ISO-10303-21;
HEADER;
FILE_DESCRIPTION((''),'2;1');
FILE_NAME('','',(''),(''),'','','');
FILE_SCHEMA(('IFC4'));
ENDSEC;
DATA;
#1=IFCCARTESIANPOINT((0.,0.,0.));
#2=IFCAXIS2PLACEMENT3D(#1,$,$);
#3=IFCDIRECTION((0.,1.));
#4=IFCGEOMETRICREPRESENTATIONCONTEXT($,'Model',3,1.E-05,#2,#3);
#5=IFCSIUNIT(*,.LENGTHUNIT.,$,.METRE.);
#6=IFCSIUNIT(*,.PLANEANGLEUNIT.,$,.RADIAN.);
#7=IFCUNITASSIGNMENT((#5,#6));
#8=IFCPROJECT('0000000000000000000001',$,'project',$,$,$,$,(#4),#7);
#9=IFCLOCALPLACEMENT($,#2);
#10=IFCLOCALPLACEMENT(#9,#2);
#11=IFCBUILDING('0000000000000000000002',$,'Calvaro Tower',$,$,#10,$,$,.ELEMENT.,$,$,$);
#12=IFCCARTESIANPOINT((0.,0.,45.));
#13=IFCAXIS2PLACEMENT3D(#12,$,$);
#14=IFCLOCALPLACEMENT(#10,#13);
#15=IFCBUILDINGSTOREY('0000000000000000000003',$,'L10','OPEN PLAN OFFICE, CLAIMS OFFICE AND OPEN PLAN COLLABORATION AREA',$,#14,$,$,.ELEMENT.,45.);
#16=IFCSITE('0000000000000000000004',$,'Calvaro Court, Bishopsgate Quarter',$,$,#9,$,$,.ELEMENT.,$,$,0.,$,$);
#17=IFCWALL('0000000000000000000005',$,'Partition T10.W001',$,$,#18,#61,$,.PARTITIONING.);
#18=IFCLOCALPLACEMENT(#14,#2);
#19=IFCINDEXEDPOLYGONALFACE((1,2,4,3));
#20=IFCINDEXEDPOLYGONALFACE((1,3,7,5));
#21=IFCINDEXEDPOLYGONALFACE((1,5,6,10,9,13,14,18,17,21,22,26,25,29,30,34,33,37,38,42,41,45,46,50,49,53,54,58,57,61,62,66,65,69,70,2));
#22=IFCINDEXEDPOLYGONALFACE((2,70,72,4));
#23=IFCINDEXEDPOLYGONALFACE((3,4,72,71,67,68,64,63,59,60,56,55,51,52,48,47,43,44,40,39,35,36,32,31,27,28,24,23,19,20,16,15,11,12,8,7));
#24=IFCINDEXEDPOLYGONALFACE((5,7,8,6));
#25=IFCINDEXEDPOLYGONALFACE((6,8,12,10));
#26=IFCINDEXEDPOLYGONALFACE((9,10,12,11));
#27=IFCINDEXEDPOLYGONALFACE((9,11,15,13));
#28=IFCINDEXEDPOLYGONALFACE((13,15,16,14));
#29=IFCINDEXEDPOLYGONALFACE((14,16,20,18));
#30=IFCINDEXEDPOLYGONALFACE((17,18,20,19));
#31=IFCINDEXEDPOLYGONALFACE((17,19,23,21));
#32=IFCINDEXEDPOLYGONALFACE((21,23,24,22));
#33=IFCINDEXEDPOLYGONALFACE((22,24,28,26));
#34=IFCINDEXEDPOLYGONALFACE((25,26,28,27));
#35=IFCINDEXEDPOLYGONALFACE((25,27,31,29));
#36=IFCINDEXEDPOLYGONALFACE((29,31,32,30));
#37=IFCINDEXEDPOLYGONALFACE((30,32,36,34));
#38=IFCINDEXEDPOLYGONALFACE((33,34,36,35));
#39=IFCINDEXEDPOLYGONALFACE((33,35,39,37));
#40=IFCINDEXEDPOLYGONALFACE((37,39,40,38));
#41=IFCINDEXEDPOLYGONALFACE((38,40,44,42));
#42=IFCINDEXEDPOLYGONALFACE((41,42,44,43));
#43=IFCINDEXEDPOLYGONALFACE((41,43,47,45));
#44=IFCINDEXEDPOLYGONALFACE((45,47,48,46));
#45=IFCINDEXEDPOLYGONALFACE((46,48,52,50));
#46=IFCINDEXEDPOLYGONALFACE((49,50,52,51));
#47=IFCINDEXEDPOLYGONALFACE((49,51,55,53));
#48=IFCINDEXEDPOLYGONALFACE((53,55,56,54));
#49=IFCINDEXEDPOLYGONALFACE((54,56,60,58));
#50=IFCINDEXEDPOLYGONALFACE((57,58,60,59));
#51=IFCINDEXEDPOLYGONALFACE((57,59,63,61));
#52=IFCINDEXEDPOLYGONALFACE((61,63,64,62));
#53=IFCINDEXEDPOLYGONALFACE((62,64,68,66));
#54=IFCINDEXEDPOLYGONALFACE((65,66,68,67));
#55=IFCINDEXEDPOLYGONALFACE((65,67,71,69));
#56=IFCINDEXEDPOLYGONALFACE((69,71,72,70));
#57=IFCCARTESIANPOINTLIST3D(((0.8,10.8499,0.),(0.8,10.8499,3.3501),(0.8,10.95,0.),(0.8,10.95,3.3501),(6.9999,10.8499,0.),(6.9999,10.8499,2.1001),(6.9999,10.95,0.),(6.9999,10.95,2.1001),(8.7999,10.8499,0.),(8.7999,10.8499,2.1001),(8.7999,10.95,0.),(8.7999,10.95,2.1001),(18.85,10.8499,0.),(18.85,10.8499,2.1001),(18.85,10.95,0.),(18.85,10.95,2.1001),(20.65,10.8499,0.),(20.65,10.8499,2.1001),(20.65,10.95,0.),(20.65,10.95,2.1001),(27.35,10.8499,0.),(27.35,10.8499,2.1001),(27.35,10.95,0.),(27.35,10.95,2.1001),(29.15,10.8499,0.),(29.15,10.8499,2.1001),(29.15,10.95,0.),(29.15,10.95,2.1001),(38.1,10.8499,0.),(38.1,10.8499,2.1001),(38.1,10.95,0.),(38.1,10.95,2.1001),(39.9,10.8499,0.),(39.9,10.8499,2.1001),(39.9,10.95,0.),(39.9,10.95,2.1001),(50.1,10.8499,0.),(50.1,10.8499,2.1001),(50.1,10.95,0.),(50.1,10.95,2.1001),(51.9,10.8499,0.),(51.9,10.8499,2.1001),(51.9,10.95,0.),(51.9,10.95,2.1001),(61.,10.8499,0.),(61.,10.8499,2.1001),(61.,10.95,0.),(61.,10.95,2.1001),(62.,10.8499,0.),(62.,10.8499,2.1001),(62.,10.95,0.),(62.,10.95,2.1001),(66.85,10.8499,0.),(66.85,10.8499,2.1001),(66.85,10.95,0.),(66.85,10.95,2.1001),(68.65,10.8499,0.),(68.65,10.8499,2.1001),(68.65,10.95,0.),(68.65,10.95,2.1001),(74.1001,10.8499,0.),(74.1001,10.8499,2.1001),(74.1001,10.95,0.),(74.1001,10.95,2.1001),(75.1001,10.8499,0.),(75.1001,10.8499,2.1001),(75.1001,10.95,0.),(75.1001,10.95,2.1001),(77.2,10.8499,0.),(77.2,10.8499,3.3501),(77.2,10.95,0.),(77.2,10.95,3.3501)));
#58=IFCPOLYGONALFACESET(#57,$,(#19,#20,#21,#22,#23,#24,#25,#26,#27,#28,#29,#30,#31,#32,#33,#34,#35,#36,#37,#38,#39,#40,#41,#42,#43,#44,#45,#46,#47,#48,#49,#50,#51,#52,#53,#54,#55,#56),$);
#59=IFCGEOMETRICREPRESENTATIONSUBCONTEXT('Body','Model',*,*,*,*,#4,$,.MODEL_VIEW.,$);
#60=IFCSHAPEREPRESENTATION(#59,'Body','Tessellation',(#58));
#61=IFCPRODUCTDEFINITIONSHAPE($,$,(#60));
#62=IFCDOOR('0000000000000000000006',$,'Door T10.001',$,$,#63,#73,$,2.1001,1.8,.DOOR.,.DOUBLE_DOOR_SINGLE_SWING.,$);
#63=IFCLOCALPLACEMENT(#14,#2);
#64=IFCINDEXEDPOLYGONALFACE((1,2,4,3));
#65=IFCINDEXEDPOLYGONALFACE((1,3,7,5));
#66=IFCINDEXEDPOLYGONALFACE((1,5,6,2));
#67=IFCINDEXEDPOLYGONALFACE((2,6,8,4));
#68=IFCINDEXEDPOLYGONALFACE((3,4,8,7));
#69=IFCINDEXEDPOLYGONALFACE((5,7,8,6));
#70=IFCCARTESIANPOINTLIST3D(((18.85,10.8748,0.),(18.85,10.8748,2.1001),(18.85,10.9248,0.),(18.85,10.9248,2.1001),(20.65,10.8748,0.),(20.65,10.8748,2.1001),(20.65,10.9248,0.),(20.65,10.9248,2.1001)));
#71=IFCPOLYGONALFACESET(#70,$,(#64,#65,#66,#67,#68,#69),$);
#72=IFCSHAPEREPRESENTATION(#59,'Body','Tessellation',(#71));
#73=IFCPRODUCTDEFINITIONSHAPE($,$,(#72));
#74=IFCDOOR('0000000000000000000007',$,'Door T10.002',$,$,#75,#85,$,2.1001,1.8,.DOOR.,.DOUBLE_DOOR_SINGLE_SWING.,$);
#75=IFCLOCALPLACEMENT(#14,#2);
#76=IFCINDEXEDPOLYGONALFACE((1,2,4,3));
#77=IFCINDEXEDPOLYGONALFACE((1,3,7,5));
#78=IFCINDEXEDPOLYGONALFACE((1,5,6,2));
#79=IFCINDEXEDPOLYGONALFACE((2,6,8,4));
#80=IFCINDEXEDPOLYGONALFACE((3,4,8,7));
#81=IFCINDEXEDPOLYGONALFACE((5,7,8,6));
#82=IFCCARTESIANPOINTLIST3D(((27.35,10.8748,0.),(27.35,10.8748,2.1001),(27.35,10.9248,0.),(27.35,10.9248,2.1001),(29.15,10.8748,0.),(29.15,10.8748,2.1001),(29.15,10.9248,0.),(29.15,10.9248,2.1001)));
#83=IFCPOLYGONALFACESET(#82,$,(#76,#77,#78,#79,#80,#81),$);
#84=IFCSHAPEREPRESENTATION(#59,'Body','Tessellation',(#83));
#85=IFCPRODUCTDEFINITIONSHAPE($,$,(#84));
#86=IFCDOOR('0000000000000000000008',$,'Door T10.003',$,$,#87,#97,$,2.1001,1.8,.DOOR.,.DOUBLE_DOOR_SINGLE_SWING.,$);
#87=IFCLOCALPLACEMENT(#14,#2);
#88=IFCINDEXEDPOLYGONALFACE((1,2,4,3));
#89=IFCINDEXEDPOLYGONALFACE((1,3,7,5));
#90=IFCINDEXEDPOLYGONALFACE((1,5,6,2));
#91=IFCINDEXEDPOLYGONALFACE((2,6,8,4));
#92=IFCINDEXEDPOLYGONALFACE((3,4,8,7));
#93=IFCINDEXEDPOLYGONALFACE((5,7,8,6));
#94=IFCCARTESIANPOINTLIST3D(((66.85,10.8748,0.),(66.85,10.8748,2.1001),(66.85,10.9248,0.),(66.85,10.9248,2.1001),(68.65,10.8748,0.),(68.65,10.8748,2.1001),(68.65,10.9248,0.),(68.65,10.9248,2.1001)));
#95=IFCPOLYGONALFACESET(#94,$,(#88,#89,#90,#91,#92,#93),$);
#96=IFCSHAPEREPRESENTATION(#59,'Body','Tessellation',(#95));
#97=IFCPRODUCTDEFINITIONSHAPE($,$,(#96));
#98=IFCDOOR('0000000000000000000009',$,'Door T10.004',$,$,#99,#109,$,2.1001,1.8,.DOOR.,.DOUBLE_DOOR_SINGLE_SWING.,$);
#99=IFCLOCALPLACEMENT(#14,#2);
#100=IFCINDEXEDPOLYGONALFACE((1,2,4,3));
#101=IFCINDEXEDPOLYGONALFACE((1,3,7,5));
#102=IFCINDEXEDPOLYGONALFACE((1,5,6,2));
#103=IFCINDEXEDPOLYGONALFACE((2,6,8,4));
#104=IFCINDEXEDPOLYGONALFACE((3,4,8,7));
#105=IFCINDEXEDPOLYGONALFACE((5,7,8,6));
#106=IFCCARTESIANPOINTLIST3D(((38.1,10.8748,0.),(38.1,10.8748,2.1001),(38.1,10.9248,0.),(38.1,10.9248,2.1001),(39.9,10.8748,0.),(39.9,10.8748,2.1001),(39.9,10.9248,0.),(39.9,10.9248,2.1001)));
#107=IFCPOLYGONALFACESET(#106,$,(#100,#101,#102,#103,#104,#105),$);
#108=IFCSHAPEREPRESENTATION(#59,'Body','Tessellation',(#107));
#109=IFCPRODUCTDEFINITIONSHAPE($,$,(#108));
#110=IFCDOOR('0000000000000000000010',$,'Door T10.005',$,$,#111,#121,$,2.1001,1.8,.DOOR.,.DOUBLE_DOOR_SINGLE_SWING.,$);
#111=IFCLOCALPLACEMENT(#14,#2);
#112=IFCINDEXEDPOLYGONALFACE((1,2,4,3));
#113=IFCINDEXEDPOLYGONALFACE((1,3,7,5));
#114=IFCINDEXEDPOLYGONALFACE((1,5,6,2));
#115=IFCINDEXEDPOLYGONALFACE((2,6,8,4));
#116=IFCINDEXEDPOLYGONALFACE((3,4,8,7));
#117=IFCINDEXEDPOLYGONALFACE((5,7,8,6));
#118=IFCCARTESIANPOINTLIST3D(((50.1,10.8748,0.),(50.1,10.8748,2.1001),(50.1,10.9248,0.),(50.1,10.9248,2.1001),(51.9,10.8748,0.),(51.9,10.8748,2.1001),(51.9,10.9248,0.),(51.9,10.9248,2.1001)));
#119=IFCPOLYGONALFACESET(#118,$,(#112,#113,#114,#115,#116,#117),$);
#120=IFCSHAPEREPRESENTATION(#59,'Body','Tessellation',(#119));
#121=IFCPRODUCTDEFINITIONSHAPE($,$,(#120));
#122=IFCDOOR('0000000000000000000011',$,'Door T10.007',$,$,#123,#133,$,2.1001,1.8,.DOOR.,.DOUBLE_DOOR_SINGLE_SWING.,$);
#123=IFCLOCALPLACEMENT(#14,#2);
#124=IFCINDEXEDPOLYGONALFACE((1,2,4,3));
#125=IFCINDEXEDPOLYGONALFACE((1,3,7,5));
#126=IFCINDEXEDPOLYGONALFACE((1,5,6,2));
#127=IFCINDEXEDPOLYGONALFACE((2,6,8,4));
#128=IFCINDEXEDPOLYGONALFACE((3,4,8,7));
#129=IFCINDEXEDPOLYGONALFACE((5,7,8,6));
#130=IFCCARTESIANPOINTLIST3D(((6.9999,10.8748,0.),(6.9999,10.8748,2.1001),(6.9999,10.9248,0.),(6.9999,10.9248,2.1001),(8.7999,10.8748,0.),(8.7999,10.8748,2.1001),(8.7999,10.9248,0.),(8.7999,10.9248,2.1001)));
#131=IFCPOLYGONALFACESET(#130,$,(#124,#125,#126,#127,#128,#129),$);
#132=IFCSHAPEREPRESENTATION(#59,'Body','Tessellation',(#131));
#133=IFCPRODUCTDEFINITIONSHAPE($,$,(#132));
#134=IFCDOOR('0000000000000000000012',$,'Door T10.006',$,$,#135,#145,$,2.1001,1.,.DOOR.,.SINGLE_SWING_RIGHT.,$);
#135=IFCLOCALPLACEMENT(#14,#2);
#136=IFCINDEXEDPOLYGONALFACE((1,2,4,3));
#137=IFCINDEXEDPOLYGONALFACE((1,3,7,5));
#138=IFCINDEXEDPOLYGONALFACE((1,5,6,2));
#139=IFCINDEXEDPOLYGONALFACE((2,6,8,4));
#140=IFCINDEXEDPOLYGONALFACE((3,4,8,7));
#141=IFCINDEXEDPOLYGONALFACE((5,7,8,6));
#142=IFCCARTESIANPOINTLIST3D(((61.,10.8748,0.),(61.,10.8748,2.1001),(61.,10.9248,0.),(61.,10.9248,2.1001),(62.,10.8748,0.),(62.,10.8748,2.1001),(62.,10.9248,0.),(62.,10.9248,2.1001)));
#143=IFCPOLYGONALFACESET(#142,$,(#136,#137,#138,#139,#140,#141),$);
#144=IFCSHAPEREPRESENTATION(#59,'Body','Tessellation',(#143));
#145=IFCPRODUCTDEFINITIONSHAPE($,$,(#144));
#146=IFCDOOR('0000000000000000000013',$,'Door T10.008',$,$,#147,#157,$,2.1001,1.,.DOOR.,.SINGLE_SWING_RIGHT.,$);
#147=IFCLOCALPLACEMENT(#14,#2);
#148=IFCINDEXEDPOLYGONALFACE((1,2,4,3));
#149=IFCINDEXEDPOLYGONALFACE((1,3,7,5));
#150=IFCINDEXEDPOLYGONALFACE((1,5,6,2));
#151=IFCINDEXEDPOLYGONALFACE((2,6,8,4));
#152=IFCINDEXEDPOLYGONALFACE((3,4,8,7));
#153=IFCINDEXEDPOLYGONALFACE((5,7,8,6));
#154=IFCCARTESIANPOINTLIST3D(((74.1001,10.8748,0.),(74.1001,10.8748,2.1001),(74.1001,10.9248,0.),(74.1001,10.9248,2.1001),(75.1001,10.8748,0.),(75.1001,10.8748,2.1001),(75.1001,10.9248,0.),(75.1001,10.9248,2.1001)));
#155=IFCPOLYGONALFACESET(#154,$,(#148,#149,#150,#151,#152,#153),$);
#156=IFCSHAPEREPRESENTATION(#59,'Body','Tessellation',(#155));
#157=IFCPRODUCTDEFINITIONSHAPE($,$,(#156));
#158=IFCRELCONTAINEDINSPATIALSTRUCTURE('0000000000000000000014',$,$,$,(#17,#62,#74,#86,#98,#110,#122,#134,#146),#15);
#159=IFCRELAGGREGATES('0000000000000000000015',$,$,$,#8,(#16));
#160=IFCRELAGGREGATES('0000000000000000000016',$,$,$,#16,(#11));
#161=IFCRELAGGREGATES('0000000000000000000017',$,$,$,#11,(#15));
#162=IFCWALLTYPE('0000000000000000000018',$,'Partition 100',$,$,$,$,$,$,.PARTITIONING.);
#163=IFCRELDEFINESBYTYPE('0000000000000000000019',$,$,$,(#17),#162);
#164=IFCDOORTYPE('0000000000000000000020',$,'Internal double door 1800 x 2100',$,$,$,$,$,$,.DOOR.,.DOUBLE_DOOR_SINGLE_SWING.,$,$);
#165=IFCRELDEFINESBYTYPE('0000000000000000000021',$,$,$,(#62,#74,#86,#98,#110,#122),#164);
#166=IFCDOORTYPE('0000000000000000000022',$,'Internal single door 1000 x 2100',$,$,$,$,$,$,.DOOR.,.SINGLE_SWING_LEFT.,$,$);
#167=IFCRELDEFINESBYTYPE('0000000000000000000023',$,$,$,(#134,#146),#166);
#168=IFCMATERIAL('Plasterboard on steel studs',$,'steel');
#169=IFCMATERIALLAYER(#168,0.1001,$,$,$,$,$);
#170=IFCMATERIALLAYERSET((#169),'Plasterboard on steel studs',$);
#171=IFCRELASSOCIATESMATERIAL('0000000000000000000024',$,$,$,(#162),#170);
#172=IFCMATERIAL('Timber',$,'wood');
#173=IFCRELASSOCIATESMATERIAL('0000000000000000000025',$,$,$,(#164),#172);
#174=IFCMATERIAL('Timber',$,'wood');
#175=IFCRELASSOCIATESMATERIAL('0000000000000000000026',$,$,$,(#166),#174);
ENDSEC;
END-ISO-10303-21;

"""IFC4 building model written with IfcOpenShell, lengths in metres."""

from ifc_helpers import new_model, si_unit, direction, frame, frame_2d, origin, place, context, subcontext, project, spatial, rectangle, extrude, material, layer, layer_set, type_object, element, fill, save


model = new_model("IFC4")

# Units and contexts
model_context = context("Model", 3, precision=1e-05, world=origin(), true_north=direction((0.0, 1.0)))
body_context = subcontext(model_context, "Body", "Model", "MODEL_VIEW")
ifc_project = project(units=[si_unit("LENGTHUNIT", "METRE"), si_unit("PLANEANGLEUNIT", "RADIAN")], contexts=[model_context])

# Site, building, storey
site_placement = place(None, origin())
site = spatial("IfcSite", under=ifc_project, at=site_placement, Name="Calvaro Court, Bishopsgate Quarter", CompositionType="ELEMENT", RefElevation=0.0)
building_placement = place(site_placement, origin())
building = spatial("IfcBuilding", under=site, at=building_placement, Name="Calvaro Tower", CompositionType="ELEMENT")
storey_placement = place(building_placement, frame((0.0, 0.0, 45.0)))
storey = spatial("IfcBuildingStorey", under=building, at=storey_placement, Name="L10", Description="OPEN PLAN OFFICE, CLAIMS OFFICE AND OPEN PLAN COLLABORATION AREA", CompositionType="ELEMENT", Elevation=45.0)

# Wall, openings, doors
ifc_material_1 = material(Name="Plasterboard on steel studs", Category="steel")
ifc_layer = layer(ifc_material_1, 0.1001)
ifc_layer_set = layer_set([ifc_layer], Name="Plasterboard on steel studs")
wall_type = type_object("IfcWallType", Name="Partition 100", PredefinedType="PARTITIONING", material=ifc_layer_set)
wall_1_placement = place(storey_placement, frame((0.8, 10.8999, 0.0), z_axis=(0.0, 0.0, 1.0), x_axis=(1.0, 0.0, 0.0)))
wall_1 = element("IfcWall", 1, at=wall_1_placement, inside=storey, type_object=wall_type, Name="Partition T10.W001", PredefinedType="PARTITIONING", context=body_context, shape_type="SweptSolid", body=[
    extrude(rectangle(XDim=76.3999, YDim=0.1001, at=frame_2d((38.2, 0.0))), origin(), (0.0, 0.0, 1.0), 3.3501),
])
opening_1_placement = place(wall_1_placement, frame((18.05, 0.0, 0.0)))
opening_1 = element("IfcOpeningElement", 2, at=opening_1_placement, cuts=wall_1, PredefinedType="OPENING", context=body_context, shape_type="SweptSolid", body=[
    extrude(rectangle(XDim=1.8, YDim=2.1001, at=frame_2d((0.8999, 1.05))), frame((0.0, 0.0601, 0.0), z_axis=(0.0, -1.0, 0.0), x_axis=(1.0, 0.0, 0.0)), (0.0, 0.0, 1.0), 0.1201),
])
opening_2_placement = place(wall_1_placement, frame((26.55, 0.0, 0.0)))
opening_2 = element("IfcOpeningElement", 3, at=opening_2_placement, cuts=wall_1, PredefinedType="OPENING", context=body_context, shape_type="SweptSolid", body=[
    extrude(rectangle(XDim=1.8, YDim=2.1001, at=frame_2d((0.8999, 1.05))), frame((0.0, 0.0601, 0.0), z_axis=(0.0, -1.0, 0.0), x_axis=(1.0, 0.0, 0.0)), (0.0, 0.0, 1.0), 0.1201),
])
opening_3_placement = place(wall_1_placement, frame((66.05, 0.0, 0.0)))
opening_3 = element("IfcOpeningElement", 4, at=opening_3_placement, cuts=wall_1, PredefinedType="OPENING", context=body_context, shape_type="SweptSolid", body=[
    extrude(rectangle(XDim=1.8, YDim=2.1001, at=frame_2d((0.8999, 1.05))), frame((0.0, 0.0601, 0.0), z_axis=(0.0, -1.0, 0.0), x_axis=(1.0, 0.0, 0.0)), (0.0, 0.0, 1.0), 0.1201),
])
opening_4_placement = place(wall_1_placement, frame((37.3, 0.0, 0.0)))
opening_4 = element("IfcOpeningElement", 5, at=opening_4_placement, cuts=wall_1, PredefinedType="OPENING", context=body_context, shape_type="SweptSolid", body=[
    extrude(rectangle(XDim=1.8, YDim=2.1001, at=frame_2d((0.8999, 1.05))), frame((0.0, 0.0601, 0.0), z_axis=(0.0, -1.0, 0.0), x_axis=(1.0, 0.0, 0.0)), (0.0, 0.0, 1.0), 0.1201),
])
opening_5_placement = place(wall_1_placement, frame((49.3, 0.0, 0.0)))
opening_5 = element("IfcOpeningElement", 6, at=opening_5_placement, cuts=wall_1, PredefinedType="OPENING", context=body_context, shape_type="SweptSolid", body=[
    extrude(rectangle(XDim=1.8, YDim=2.1001, at=frame_2d((0.8999, 1.05))), frame((0.0, 0.0601, 0.0), z_axis=(0.0, -1.0, 0.0), x_axis=(1.0, 0.0, 0.0)), (0.0, 0.0, 1.0), 0.1201),
])
opening_6_placement = place(wall_1_placement, frame((60.2, 0.0, 0.0)))
opening_6 = element("IfcOpeningElement", 7, at=opening_6_placement, cuts=wall_1, PredefinedType="OPENING", context=body_context, shape_type="SweptSolid", body=[
    extrude(rectangle(XDim=1.0, YDim=2.1001, at=frame_2d((0.5, 1.05))), frame((0.0, 0.0601, 0.0), z_axis=(0.0, -1.0, 0.0), x_axis=(1.0, 0.0, 0.0)), (0.0, 0.0, 1.0), 0.1201),
])
opening_7_placement = place(wall_1_placement, frame((6.2, 0.0, 0.0)))
opening_7 = element("IfcOpeningElement", 8, at=opening_7_placement, cuts=wall_1, PredefinedType="OPENING", context=body_context, shape_type="SweptSolid", body=[
    extrude(rectangle(XDim=1.8, YDim=2.1001, at=frame_2d((0.8999, 1.05))), frame((0.0, 0.0601, 0.0), z_axis=(0.0, -1.0, 0.0), x_axis=(1.0, 0.0, 0.0)), (0.0, 0.0, 1.0), 0.1201),
])
opening_8_placement = place(wall_1_placement, frame((73.3, 0.0, 0.0)))
opening_8 = element("IfcOpeningElement", 9, at=opening_8_placement, cuts=wall_1, PredefinedType="OPENING", context=body_context, shape_type="SweptSolid", body=[
    extrude(rectangle(XDim=1.0, YDim=2.1001, at=frame_2d((0.5, 1.05))), frame((0.0, 0.0601, 0.0), z_axis=(0.0, -1.0, 0.0), x_axis=(1.0, 0.0, 0.0)), (0.0, 0.0, 1.0), 0.1201),
])
ifc_material_2 = material(Name="Timber", Category="wood")
door_type_1 = type_object("IfcDoorType", Name="Internal double door 1800 x 2100", OperationType="DOUBLE_DOOR_SINGLE_SWING", PredefinedType="DOOR", material=ifc_material_2)
door_1_placement = place(opening_1_placement, origin())
door_1 = element("IfcDoor", 10, at=door_1_placement, inside=storey, type_object=door_type_1, Name="Door T10.001", OperationType="DOUBLE_DOOR_SINGLE_SWING", OverallHeight=2.1001, OverallWidth=1.8, PredefinedType="DOOR", context=body_context, shape_type="SweptSolid", body=[
    extrude(rectangle(XDim=1.8, YDim=2.1001, at=frame_2d((0.8999, 1.05))), frame((0.0, 0.0249, 0.0), z_axis=(0.0, -1.0, 0.0), x_axis=(1.0, 0.0, 0.0)), (0.0, 0.0, 1.0), 0.05),
])
fill(opening_1, door_1)
door_2_placement = place(opening_2_placement, origin())
door_2 = element("IfcDoor", 11, at=door_2_placement, inside=storey, type_object=door_type_1, Name="Door T10.002", OperationType="DOUBLE_DOOR_SINGLE_SWING", OverallHeight=2.1001, OverallWidth=1.8, PredefinedType="DOOR", context=body_context, shape_type="SweptSolid", body=[
    extrude(rectangle(XDim=1.8, YDim=2.1001, at=frame_2d((0.8999, 1.05))), frame((0.0, 0.0249, 0.0), z_axis=(0.0, -1.0, 0.0), x_axis=(1.0, 0.0, 0.0)), (0.0, 0.0, 1.0), 0.05),
])
fill(opening_2, door_2)
door_3_placement = place(opening_3_placement, origin())
door_3 = element("IfcDoor", 12, at=door_3_placement, inside=storey, type_object=door_type_1, Name="Door T10.003", OperationType="DOUBLE_DOOR_SINGLE_SWING", OverallHeight=2.1001, OverallWidth=1.8, PredefinedType="DOOR", context=body_context, shape_type="SweptSolid", body=[
    extrude(rectangle(XDim=1.8, YDim=2.1001, at=frame_2d((0.8999, 1.05))), frame((0.0, 0.0249, 0.0), z_axis=(0.0, -1.0, 0.0), x_axis=(1.0, 0.0, 0.0)), (0.0, 0.0, 1.0), 0.05),
])
fill(opening_3, door_3)
door_4_placement = place(opening_4_placement, origin())
door_4 = element("IfcDoor", 13, at=door_4_placement, inside=storey, type_object=door_type_1, Name="Door T10.004", OperationType="DOUBLE_DOOR_SINGLE_SWING", OverallHeight=2.1001, OverallWidth=1.8, PredefinedType="DOOR", context=body_context, shape_type="SweptSolid", body=[
    extrude(rectangle(XDim=1.8, YDim=2.1001, at=frame_2d((0.8999, 1.05))), frame((0.0, 0.0249, 0.0), z_axis=(0.0, -1.0, 0.0), x_axis=(1.0, 0.0, 0.0)), (0.0, 0.0, 1.0), 0.05),
])
fill(opening_4, door_4)
door_5_placement = place(opening_5_placement, origin())
door_5 = element("IfcDoor", 14, at=door_5_placement, inside=storey, type_object=door_type_1, Name="Door T10.005", OperationType="DOUBLE_DOOR_SINGLE_SWING", OverallHeight=2.1001, OverallWidth=1.8, PredefinedType="DOOR", context=body_context, shape_type="SweptSolid", body=[
    extrude(rectangle(XDim=1.8, YDim=2.1001, at=frame_2d((0.8999, 1.05))), frame((0.0, 0.0249, 0.0), z_axis=(0.0, -1.0, 0.0), x_axis=(1.0, 0.0, 0.0)), (0.0, 0.0, 1.0), 0.05),
])
fill(opening_5, door_5)
door_6_placement = place(opening_7_placement, origin())
door_6 = element("IfcDoor", 15, at=door_6_placement, inside=storey, type_object=door_type_1, Name="Door T10.007", OperationType="DOUBLE_DOOR_SINGLE_SWING", OverallHeight=2.1001, OverallWidth=1.8, PredefinedType="DOOR", context=body_context, shape_type="SweptSolid", body=[
    extrude(rectangle(XDim=1.8, YDim=2.1001, at=frame_2d((0.8999, 1.05))), frame((0.0, 0.0249, 0.0), z_axis=(0.0, -1.0, 0.0), x_axis=(1.0, 0.0, 0.0)), (0.0, 0.0, 1.0), 0.05),
])
fill(opening_7, door_6)
ifc_material_3 = material(Name="Timber", Category="wood")
door_type_2 = type_object("IfcDoorType", Name="Internal single door 1000 x 2100", OperationType="SINGLE_SWING_LEFT", PredefinedType="DOOR", material=ifc_material_3)
door_7_placement = place(opening_6_placement, origin())
door_7 = element("IfcDoor", 16, at=door_7_placement, inside=storey, type_object=door_type_2, Name="Door T10.006", OperationType="SINGLE_SWING_RIGHT", OverallHeight=2.1001, OverallWidth=1.0, PredefinedType="DOOR", context=body_context, shape_type="SweptSolid", body=[
    extrude(rectangle(XDim=1.0, YDim=2.1001, at=frame_2d((0.5, 1.05))), frame((0.0, 0.0249, 0.0), z_axis=(0.0, -1.0, 0.0), x_axis=(1.0, 0.0, 0.0)), (0.0, 0.0, 1.0), 0.05),
])
fill(opening_6, door_7)
door_8_placement = place(opening_8_placement, origin())
door_8 = element("IfcDoor", 17, at=door_8_placement, inside=storey, type_object=door_type_2, Name="Door T10.008", OperationType="SINGLE_SWING_RIGHT", OverallHeight=2.1001, OverallWidth=1.0, PredefinedType="DOOR", context=body_context, shape_type="SweptSolid", body=[
    extrude(rectangle(XDim=1.0, YDim=2.1001, at=frame_2d((0.5, 1.05))), frame((0.0, 0.0249, 0.0), z_axis=(0.0, -1.0, 0.0), x_axis=(1.0, 0.0, 0.0)), (0.0, 0.0, 1.0), 0.05),
])
fill(opening_8, door_8)

save(model, "model.ifc")
